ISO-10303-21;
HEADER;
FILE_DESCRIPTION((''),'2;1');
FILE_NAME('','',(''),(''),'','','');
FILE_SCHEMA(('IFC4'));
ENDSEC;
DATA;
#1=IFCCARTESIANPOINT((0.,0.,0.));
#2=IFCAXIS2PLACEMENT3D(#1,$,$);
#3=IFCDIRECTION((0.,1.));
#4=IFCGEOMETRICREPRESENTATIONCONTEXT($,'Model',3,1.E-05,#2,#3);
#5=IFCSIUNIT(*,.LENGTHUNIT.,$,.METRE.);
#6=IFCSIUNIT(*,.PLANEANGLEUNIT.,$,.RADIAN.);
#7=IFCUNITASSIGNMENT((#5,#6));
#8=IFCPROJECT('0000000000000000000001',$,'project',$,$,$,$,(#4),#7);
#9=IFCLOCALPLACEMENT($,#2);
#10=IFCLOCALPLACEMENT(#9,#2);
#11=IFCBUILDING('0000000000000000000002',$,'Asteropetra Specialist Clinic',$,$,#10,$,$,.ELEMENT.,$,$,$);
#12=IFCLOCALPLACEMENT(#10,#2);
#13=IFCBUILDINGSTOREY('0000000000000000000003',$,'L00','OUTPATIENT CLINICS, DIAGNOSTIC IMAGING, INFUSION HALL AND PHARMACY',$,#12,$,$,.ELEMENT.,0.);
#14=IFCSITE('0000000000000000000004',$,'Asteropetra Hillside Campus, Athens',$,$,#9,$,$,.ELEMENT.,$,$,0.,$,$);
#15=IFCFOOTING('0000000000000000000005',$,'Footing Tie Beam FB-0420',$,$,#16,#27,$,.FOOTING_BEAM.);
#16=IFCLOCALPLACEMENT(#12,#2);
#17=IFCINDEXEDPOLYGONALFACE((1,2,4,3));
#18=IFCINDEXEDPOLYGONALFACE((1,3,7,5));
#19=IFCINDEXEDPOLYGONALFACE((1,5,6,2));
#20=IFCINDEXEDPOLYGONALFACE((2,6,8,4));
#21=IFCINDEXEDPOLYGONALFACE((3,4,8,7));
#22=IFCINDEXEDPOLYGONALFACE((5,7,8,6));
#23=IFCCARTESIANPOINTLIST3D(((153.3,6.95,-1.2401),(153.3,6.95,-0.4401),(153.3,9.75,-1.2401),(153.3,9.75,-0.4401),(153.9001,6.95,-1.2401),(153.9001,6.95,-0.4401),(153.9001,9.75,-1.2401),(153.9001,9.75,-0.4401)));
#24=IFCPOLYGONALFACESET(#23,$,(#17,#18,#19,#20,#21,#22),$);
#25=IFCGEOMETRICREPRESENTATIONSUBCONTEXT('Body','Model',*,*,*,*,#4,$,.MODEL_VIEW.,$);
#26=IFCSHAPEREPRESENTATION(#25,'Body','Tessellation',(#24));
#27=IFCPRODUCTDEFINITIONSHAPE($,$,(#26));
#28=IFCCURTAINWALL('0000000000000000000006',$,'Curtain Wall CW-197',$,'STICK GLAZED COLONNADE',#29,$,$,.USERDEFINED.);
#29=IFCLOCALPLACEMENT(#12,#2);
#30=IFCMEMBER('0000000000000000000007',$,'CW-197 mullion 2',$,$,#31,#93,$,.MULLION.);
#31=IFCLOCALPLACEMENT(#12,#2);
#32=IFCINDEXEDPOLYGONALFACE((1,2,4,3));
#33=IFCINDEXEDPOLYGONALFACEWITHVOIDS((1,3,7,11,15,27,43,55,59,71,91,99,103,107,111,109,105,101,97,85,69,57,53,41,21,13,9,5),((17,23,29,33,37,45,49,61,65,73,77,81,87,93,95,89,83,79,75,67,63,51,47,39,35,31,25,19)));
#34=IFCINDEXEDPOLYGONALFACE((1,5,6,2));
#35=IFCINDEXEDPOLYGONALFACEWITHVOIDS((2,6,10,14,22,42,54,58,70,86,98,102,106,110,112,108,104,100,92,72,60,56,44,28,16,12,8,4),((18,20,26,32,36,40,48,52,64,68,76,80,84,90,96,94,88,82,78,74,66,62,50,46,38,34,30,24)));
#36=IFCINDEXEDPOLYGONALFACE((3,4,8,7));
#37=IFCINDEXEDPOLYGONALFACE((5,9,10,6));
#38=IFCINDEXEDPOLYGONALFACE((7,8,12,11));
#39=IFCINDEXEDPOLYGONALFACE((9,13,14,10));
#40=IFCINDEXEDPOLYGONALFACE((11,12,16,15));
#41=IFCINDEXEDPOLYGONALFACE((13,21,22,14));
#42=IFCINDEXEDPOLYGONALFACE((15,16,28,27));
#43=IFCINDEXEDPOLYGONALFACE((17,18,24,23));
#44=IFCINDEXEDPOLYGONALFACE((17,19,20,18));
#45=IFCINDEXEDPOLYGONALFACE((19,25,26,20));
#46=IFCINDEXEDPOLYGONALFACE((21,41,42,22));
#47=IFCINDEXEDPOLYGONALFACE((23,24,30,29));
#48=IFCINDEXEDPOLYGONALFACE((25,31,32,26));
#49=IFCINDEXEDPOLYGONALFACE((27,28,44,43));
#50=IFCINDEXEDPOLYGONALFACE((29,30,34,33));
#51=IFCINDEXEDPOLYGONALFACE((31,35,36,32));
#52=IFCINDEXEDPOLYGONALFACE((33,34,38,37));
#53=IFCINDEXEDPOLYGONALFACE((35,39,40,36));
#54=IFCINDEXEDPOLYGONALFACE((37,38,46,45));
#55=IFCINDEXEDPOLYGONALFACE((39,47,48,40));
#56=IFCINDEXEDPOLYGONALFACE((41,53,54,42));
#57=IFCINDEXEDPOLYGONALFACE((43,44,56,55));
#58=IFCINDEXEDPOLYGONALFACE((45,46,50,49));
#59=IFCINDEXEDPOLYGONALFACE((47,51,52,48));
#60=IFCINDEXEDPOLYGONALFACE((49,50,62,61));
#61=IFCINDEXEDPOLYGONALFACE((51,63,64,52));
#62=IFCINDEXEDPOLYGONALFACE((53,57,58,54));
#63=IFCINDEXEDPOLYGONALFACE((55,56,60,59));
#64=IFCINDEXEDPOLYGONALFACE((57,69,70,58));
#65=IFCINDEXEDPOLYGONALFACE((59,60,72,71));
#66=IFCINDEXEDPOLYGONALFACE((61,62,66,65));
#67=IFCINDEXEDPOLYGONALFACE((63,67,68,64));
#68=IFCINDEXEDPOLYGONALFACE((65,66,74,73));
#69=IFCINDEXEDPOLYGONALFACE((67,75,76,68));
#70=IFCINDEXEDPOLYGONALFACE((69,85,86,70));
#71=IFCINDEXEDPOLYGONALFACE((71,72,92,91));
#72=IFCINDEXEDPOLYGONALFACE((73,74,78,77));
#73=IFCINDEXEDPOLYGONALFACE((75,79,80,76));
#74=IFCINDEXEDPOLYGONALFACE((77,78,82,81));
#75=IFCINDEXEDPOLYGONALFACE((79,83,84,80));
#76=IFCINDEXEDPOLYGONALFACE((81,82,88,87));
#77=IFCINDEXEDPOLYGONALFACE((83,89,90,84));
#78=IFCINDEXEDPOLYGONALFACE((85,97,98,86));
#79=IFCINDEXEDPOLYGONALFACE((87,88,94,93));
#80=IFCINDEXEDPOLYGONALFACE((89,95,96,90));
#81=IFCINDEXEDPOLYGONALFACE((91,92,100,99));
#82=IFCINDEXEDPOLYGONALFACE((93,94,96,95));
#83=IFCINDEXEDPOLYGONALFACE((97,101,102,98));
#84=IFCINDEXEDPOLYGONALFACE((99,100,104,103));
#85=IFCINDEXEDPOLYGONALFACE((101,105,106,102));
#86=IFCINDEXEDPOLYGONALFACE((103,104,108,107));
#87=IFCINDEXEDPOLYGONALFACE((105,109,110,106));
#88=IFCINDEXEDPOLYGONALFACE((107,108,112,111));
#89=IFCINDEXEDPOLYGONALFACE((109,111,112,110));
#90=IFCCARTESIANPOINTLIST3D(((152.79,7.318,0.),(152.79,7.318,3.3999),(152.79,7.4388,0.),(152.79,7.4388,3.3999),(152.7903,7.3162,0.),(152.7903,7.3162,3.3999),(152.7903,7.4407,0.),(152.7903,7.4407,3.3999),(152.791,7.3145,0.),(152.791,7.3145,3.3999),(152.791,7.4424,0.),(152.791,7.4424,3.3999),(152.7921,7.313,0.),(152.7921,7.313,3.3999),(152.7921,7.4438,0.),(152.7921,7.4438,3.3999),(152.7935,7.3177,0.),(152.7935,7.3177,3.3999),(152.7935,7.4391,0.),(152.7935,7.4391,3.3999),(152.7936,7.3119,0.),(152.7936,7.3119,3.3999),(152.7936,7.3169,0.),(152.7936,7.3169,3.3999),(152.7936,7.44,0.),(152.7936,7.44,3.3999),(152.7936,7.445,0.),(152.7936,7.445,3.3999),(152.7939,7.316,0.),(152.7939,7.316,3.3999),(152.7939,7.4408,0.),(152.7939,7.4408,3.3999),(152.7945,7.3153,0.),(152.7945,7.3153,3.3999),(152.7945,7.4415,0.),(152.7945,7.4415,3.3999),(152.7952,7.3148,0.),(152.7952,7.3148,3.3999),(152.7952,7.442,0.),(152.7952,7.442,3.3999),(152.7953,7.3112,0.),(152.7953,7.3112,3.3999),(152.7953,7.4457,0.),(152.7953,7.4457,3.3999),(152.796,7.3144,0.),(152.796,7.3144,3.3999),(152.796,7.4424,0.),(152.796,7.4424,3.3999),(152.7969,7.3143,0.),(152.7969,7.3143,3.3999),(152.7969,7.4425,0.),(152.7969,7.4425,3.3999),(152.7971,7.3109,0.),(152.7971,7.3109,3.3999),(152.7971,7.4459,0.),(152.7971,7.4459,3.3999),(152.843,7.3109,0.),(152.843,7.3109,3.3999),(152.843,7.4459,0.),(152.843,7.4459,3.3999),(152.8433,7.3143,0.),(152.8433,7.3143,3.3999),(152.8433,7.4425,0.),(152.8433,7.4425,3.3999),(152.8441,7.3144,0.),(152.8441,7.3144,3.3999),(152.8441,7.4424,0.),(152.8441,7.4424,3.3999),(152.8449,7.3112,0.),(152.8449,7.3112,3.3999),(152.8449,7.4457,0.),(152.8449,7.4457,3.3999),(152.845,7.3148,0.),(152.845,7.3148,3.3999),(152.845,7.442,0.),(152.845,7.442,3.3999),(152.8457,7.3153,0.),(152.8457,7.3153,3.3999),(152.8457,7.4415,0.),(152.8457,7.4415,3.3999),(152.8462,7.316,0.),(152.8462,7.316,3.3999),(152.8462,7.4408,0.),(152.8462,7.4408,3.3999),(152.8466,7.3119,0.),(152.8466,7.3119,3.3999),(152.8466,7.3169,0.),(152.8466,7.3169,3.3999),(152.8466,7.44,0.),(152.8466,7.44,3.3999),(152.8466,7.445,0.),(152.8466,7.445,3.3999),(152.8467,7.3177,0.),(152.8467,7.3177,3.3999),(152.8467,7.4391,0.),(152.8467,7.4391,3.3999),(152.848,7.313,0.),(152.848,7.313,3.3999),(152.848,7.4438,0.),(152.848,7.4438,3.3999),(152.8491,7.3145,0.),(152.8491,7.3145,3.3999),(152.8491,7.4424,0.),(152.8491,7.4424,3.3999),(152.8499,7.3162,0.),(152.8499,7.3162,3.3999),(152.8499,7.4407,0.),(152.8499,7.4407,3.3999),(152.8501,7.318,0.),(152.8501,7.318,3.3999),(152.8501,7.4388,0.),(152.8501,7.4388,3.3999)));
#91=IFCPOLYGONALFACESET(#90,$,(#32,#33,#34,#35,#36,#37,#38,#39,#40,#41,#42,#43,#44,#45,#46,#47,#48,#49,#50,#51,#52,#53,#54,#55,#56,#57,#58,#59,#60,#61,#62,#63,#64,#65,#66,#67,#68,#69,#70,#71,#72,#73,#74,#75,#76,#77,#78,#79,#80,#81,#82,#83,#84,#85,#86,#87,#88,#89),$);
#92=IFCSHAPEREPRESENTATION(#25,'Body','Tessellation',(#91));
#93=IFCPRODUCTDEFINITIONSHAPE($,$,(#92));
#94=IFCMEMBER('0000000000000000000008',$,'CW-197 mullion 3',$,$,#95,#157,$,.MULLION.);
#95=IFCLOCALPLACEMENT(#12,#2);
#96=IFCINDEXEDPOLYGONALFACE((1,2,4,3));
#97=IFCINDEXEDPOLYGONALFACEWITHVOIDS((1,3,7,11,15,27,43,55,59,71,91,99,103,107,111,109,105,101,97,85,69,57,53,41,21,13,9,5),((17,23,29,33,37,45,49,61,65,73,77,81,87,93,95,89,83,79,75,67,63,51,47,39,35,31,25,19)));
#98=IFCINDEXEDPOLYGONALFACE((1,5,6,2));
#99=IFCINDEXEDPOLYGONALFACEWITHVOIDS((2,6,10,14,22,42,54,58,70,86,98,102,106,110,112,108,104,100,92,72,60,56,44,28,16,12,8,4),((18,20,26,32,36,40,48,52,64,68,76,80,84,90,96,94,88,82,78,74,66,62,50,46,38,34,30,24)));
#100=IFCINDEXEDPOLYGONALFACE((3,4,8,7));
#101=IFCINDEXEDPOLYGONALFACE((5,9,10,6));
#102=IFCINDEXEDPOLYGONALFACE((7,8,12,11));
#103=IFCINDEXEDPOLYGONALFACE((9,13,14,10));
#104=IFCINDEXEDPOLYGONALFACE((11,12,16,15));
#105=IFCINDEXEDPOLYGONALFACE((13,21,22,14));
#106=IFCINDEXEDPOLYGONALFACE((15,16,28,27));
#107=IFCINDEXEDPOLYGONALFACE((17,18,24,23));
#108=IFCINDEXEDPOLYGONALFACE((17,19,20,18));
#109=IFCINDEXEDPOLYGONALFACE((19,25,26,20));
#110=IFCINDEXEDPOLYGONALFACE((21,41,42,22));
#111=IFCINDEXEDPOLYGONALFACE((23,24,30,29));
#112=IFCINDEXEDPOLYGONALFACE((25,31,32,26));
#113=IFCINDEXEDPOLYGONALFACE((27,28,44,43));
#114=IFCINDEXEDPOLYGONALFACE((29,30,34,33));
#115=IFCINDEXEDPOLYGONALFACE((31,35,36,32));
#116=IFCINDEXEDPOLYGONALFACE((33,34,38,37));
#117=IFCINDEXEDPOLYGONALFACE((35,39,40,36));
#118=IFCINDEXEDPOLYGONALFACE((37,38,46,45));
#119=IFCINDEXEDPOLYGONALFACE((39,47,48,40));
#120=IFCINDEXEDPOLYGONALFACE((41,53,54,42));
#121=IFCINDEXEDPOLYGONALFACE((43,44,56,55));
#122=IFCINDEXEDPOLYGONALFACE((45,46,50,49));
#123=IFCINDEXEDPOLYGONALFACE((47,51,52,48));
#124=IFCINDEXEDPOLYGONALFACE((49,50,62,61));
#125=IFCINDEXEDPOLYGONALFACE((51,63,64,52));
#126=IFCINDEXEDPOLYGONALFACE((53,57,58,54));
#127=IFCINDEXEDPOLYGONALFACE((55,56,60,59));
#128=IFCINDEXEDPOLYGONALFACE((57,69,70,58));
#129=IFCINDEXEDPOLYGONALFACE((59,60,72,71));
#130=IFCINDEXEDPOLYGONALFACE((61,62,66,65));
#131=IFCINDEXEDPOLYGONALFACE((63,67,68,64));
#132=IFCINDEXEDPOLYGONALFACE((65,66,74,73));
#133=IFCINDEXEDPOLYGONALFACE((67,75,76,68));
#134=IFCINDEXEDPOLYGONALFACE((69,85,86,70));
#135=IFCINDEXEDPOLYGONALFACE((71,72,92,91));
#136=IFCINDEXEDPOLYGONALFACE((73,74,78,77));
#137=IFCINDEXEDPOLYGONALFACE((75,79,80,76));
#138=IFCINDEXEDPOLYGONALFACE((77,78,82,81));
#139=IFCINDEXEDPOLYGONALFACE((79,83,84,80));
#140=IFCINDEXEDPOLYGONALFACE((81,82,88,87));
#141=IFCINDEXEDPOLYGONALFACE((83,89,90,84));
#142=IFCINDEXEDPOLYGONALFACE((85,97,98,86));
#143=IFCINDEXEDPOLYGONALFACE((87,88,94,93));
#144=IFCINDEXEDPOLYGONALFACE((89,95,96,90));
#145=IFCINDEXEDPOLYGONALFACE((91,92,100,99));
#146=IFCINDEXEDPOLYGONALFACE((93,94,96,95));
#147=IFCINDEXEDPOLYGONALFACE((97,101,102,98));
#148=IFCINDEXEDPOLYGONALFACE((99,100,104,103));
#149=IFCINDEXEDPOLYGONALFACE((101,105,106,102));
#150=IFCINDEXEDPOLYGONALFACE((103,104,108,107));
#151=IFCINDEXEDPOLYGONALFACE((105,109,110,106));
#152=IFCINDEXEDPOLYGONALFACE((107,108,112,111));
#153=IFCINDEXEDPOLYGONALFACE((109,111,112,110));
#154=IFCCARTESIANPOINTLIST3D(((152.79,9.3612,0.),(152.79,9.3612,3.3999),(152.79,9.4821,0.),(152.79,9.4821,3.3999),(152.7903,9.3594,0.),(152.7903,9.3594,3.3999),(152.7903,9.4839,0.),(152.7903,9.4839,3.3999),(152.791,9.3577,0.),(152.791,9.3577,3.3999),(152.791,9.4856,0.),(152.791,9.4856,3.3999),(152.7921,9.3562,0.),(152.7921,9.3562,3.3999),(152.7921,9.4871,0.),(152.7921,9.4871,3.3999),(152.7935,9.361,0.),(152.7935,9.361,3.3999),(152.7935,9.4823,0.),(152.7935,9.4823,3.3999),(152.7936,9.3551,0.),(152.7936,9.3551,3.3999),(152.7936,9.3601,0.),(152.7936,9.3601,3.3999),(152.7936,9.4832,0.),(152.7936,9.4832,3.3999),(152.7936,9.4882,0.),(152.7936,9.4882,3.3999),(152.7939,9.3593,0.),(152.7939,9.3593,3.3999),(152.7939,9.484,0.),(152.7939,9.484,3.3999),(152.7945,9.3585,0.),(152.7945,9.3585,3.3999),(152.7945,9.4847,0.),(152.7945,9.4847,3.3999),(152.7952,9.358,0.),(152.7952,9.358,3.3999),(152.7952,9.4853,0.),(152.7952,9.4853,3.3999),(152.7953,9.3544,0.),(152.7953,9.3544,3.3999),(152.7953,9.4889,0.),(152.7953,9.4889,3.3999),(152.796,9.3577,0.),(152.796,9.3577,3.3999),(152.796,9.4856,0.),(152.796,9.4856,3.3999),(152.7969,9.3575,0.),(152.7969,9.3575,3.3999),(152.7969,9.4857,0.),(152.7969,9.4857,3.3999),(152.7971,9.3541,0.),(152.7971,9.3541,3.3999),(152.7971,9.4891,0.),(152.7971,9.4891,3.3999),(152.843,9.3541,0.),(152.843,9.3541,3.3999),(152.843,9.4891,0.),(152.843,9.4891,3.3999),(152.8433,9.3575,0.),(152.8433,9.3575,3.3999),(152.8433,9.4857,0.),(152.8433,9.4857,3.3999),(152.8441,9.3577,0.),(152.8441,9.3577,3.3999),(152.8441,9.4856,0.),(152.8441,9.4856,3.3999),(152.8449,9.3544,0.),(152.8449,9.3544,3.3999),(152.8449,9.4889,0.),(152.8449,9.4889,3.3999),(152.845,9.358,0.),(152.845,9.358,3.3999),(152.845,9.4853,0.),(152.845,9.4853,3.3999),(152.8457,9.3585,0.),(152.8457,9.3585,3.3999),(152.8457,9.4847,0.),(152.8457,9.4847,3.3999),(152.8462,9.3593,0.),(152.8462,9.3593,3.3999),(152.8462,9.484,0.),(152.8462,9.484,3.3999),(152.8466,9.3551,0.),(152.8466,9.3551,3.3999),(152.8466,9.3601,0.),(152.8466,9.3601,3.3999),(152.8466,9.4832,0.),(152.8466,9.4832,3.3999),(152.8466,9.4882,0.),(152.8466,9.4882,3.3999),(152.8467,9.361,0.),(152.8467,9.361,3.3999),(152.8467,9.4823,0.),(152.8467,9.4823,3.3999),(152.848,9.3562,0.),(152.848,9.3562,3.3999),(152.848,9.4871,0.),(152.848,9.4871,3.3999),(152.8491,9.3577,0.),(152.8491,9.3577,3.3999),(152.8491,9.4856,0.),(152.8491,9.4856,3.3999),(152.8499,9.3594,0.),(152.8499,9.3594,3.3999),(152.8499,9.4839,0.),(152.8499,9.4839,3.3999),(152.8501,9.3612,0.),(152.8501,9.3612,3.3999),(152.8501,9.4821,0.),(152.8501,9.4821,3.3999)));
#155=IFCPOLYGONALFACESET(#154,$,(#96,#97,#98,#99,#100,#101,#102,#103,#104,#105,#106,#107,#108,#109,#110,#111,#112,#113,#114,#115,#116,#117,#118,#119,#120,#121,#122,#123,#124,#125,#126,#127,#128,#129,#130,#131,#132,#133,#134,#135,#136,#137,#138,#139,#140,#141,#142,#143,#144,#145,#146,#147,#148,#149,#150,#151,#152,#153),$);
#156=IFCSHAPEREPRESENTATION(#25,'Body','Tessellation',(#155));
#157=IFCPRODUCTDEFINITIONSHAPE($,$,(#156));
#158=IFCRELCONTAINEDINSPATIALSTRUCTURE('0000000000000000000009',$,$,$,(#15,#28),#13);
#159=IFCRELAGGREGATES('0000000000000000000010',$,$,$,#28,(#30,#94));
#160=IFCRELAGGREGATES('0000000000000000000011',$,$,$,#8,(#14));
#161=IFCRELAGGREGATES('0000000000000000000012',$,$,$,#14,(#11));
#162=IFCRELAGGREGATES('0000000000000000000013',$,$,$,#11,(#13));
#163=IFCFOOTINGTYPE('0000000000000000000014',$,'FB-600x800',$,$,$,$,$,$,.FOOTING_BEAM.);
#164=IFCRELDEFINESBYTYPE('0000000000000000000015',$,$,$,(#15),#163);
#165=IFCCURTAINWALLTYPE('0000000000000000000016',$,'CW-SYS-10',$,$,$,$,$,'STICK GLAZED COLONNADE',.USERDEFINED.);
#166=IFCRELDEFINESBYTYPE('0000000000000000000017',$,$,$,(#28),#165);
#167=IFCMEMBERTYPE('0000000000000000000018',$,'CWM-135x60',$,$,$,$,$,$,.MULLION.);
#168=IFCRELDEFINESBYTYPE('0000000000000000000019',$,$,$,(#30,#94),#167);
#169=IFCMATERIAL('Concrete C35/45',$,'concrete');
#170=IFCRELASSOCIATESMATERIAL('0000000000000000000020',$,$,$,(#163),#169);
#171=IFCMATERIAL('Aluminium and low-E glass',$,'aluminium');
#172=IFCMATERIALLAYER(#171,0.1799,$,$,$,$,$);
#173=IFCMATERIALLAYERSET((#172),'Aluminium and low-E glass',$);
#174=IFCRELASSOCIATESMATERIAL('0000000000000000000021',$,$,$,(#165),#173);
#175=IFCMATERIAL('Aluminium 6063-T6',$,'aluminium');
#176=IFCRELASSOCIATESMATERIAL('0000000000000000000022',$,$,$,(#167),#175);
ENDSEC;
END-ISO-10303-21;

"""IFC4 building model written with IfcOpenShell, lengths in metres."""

from ifc_helpers import new_model, si_unit, direction, frame, origin, origin_2d, place, context, subcontext, project, spatial, rectangle, hollow_rectangle, extrude, material, layer, layer_set, material_profile, profile_set, type_object, element, aggregate, save


model = new_model("IFC4")

# Units and contexts
model_context = context("Model", 3, precision=1e-05, world=origin(), true_north=direction((0.0, 1.0)))
body_context = subcontext(model_context, "Body", "Model", "MODEL_VIEW")
ifc_project = project(units=[si_unit("LENGTHUNIT", "METRE"), si_unit("PLANEANGLEUNIT", "RADIAN")], contexts=[model_context])

# Site, building, storey
site_placement = place(None, origin())
site = spatial("IfcSite", under=ifc_project, at=site_placement, Name="Asteropetra Hillside Campus, Athens", CompositionType="ELEMENT", RefElevation=0.0)
building_placement = place(site_placement, origin())
building = spatial("IfcBuilding", under=site, at=building_placement, Name="Asteropetra Specialist Clinic", CompositionType="ELEMENT")
storey_placement = place(building_placement, origin())
storey = spatial("IfcBuildingStorey", under=building, at=storey_placement, Name="L00", Description="OUTPATIENT CLINICS, DIAGNOSTIC IMAGING, INFUSION HALL AND PHARMACY", CompositionType="ELEMENT", Elevation=0.0)

# Footing
ifc_material_1 = material(Name="Concrete C35/45", Category="concrete")
ifc_material_profile_1 = material_profile(ifc_material_1, rectangle(XDim=0.6001, YDim=0.8, at=origin_2d()), Name="FB 600x800")
ifc_profile_set_1 = profile_set([ifc_material_profile_1], Name="Concrete C35/45")
footing_type = type_object("IfcFootingType", Name="FB-600x800", PredefinedType="FOOTING_BEAM", material=ifc_profile_set_1)
footing_placement = place(storey_placement, frame((153.6001, 6.95, -0.8401), z_axis=(0.0, 1.0, 0.0), x_axis=(-1.0, 0.0, 0.0)))
element("IfcFooting", 1, at=footing_placement, inside=storey, type_object=footing_type, Name="Footing Tie Beam FB-0420", PredefinedType="FOOTING_BEAM", context=body_context, shape_type="SweptSolid", body=[
    extrude(rectangle(XDim=0.6001, YDim=0.8, at=origin_2d()), origin(), (0.0, 0.0, 1.0), 2.8),
])

# Curtain wall, members
ifc_material_2 = material(Name="Aluminium and low-E glass", Category="aluminium")
ifc_layer_1 = layer(ifc_material_2, 0.1799)
ifc_layer_set_1 = layer_set([ifc_layer_1], Name="Aluminium and low-E glass")
curtain_wall_type = type_object("IfcCurtainWallType", Name="CW-SYS-10", ElementType="STICK GLAZED COLONNADE", PredefinedType="USERDEFINED", material=ifc_layer_set_1)
curtain_wall_placement = place(storey_placement, origin())
curtain_wall = element("IfcCurtainWall", 2, at=curtain_wall_placement, inside=storey, type_object=curtain_wall_type, Name="Curtain Wall CW-197", ObjectType="STICK GLAZED COLONNADE", PredefinedType="USERDEFINED")
ifc_material_3 = material(Name="Aluminium 6063-T6", Category="aluminium")
ifc_material_profile_2 = material_profile(ifc_material_3, hollow_rectangle(XDim=0.0601, YDim=0.135, WallThickness=0.0034, InnerFilletRadius=0.0034, OuterFilletRadius=0.0071, at=origin_2d()), Name="MUL 135x60x3.5")
ifc_profile_set_2 = profile_set([ifc_material_profile_2], Name="Aluminium 6063-T6")
member_type_1 = type_object("IfcMemberType", Name="CWM-135x60", PredefinedType="MULLION", material=ifc_profile_set_2)
member_1_placement = place(storey_placement, frame((152.8201, 7.3784, 0.0), z_axis=(0.0, 0.0, 1.0), x_axis=(-1.0, 0.0, 0.0)))
member_1 = element("IfcMember", 3, at=member_1_placement, type_object=member_type_1, Name="CW-197 mullion 2", PredefinedType="MULLION", context=body_context, shape_type="SweptSolid", body=[
    extrude(hollow_rectangle(XDim=0.0601, YDim=0.135, WallThickness=0.0034, InnerFilletRadius=0.0034, OuterFilletRadius=0.0071, at=origin_2d()), origin(), (0.0, 0.0, 1.0), 3.3999),
])
member_2_placement = place(storey_placement, frame((152.8201, 9.4216, 0.0), z_axis=(0.0, 0.0, 1.0), x_axis=(-1.0, 0.0, 0.0)))
member_2 = element("IfcMember", 4, at=member_2_placement, type_object=member_type_1, Name="CW-197 mullion 3", PredefinedType="MULLION", context=body_context, shape_type="SweptSolid", body=[
    extrude(hollow_rectangle(XDim=0.0601, YDim=0.135, WallThickness=0.0034, InnerFilletRadius=0.0034, OuterFilletRadius=0.0071, at=origin_2d()), origin(), (0.0, 0.0, 1.0), 3.3999),
])
aggregate(curtain_wall, [member_1, member_2])

save(model, "model.ifc")
